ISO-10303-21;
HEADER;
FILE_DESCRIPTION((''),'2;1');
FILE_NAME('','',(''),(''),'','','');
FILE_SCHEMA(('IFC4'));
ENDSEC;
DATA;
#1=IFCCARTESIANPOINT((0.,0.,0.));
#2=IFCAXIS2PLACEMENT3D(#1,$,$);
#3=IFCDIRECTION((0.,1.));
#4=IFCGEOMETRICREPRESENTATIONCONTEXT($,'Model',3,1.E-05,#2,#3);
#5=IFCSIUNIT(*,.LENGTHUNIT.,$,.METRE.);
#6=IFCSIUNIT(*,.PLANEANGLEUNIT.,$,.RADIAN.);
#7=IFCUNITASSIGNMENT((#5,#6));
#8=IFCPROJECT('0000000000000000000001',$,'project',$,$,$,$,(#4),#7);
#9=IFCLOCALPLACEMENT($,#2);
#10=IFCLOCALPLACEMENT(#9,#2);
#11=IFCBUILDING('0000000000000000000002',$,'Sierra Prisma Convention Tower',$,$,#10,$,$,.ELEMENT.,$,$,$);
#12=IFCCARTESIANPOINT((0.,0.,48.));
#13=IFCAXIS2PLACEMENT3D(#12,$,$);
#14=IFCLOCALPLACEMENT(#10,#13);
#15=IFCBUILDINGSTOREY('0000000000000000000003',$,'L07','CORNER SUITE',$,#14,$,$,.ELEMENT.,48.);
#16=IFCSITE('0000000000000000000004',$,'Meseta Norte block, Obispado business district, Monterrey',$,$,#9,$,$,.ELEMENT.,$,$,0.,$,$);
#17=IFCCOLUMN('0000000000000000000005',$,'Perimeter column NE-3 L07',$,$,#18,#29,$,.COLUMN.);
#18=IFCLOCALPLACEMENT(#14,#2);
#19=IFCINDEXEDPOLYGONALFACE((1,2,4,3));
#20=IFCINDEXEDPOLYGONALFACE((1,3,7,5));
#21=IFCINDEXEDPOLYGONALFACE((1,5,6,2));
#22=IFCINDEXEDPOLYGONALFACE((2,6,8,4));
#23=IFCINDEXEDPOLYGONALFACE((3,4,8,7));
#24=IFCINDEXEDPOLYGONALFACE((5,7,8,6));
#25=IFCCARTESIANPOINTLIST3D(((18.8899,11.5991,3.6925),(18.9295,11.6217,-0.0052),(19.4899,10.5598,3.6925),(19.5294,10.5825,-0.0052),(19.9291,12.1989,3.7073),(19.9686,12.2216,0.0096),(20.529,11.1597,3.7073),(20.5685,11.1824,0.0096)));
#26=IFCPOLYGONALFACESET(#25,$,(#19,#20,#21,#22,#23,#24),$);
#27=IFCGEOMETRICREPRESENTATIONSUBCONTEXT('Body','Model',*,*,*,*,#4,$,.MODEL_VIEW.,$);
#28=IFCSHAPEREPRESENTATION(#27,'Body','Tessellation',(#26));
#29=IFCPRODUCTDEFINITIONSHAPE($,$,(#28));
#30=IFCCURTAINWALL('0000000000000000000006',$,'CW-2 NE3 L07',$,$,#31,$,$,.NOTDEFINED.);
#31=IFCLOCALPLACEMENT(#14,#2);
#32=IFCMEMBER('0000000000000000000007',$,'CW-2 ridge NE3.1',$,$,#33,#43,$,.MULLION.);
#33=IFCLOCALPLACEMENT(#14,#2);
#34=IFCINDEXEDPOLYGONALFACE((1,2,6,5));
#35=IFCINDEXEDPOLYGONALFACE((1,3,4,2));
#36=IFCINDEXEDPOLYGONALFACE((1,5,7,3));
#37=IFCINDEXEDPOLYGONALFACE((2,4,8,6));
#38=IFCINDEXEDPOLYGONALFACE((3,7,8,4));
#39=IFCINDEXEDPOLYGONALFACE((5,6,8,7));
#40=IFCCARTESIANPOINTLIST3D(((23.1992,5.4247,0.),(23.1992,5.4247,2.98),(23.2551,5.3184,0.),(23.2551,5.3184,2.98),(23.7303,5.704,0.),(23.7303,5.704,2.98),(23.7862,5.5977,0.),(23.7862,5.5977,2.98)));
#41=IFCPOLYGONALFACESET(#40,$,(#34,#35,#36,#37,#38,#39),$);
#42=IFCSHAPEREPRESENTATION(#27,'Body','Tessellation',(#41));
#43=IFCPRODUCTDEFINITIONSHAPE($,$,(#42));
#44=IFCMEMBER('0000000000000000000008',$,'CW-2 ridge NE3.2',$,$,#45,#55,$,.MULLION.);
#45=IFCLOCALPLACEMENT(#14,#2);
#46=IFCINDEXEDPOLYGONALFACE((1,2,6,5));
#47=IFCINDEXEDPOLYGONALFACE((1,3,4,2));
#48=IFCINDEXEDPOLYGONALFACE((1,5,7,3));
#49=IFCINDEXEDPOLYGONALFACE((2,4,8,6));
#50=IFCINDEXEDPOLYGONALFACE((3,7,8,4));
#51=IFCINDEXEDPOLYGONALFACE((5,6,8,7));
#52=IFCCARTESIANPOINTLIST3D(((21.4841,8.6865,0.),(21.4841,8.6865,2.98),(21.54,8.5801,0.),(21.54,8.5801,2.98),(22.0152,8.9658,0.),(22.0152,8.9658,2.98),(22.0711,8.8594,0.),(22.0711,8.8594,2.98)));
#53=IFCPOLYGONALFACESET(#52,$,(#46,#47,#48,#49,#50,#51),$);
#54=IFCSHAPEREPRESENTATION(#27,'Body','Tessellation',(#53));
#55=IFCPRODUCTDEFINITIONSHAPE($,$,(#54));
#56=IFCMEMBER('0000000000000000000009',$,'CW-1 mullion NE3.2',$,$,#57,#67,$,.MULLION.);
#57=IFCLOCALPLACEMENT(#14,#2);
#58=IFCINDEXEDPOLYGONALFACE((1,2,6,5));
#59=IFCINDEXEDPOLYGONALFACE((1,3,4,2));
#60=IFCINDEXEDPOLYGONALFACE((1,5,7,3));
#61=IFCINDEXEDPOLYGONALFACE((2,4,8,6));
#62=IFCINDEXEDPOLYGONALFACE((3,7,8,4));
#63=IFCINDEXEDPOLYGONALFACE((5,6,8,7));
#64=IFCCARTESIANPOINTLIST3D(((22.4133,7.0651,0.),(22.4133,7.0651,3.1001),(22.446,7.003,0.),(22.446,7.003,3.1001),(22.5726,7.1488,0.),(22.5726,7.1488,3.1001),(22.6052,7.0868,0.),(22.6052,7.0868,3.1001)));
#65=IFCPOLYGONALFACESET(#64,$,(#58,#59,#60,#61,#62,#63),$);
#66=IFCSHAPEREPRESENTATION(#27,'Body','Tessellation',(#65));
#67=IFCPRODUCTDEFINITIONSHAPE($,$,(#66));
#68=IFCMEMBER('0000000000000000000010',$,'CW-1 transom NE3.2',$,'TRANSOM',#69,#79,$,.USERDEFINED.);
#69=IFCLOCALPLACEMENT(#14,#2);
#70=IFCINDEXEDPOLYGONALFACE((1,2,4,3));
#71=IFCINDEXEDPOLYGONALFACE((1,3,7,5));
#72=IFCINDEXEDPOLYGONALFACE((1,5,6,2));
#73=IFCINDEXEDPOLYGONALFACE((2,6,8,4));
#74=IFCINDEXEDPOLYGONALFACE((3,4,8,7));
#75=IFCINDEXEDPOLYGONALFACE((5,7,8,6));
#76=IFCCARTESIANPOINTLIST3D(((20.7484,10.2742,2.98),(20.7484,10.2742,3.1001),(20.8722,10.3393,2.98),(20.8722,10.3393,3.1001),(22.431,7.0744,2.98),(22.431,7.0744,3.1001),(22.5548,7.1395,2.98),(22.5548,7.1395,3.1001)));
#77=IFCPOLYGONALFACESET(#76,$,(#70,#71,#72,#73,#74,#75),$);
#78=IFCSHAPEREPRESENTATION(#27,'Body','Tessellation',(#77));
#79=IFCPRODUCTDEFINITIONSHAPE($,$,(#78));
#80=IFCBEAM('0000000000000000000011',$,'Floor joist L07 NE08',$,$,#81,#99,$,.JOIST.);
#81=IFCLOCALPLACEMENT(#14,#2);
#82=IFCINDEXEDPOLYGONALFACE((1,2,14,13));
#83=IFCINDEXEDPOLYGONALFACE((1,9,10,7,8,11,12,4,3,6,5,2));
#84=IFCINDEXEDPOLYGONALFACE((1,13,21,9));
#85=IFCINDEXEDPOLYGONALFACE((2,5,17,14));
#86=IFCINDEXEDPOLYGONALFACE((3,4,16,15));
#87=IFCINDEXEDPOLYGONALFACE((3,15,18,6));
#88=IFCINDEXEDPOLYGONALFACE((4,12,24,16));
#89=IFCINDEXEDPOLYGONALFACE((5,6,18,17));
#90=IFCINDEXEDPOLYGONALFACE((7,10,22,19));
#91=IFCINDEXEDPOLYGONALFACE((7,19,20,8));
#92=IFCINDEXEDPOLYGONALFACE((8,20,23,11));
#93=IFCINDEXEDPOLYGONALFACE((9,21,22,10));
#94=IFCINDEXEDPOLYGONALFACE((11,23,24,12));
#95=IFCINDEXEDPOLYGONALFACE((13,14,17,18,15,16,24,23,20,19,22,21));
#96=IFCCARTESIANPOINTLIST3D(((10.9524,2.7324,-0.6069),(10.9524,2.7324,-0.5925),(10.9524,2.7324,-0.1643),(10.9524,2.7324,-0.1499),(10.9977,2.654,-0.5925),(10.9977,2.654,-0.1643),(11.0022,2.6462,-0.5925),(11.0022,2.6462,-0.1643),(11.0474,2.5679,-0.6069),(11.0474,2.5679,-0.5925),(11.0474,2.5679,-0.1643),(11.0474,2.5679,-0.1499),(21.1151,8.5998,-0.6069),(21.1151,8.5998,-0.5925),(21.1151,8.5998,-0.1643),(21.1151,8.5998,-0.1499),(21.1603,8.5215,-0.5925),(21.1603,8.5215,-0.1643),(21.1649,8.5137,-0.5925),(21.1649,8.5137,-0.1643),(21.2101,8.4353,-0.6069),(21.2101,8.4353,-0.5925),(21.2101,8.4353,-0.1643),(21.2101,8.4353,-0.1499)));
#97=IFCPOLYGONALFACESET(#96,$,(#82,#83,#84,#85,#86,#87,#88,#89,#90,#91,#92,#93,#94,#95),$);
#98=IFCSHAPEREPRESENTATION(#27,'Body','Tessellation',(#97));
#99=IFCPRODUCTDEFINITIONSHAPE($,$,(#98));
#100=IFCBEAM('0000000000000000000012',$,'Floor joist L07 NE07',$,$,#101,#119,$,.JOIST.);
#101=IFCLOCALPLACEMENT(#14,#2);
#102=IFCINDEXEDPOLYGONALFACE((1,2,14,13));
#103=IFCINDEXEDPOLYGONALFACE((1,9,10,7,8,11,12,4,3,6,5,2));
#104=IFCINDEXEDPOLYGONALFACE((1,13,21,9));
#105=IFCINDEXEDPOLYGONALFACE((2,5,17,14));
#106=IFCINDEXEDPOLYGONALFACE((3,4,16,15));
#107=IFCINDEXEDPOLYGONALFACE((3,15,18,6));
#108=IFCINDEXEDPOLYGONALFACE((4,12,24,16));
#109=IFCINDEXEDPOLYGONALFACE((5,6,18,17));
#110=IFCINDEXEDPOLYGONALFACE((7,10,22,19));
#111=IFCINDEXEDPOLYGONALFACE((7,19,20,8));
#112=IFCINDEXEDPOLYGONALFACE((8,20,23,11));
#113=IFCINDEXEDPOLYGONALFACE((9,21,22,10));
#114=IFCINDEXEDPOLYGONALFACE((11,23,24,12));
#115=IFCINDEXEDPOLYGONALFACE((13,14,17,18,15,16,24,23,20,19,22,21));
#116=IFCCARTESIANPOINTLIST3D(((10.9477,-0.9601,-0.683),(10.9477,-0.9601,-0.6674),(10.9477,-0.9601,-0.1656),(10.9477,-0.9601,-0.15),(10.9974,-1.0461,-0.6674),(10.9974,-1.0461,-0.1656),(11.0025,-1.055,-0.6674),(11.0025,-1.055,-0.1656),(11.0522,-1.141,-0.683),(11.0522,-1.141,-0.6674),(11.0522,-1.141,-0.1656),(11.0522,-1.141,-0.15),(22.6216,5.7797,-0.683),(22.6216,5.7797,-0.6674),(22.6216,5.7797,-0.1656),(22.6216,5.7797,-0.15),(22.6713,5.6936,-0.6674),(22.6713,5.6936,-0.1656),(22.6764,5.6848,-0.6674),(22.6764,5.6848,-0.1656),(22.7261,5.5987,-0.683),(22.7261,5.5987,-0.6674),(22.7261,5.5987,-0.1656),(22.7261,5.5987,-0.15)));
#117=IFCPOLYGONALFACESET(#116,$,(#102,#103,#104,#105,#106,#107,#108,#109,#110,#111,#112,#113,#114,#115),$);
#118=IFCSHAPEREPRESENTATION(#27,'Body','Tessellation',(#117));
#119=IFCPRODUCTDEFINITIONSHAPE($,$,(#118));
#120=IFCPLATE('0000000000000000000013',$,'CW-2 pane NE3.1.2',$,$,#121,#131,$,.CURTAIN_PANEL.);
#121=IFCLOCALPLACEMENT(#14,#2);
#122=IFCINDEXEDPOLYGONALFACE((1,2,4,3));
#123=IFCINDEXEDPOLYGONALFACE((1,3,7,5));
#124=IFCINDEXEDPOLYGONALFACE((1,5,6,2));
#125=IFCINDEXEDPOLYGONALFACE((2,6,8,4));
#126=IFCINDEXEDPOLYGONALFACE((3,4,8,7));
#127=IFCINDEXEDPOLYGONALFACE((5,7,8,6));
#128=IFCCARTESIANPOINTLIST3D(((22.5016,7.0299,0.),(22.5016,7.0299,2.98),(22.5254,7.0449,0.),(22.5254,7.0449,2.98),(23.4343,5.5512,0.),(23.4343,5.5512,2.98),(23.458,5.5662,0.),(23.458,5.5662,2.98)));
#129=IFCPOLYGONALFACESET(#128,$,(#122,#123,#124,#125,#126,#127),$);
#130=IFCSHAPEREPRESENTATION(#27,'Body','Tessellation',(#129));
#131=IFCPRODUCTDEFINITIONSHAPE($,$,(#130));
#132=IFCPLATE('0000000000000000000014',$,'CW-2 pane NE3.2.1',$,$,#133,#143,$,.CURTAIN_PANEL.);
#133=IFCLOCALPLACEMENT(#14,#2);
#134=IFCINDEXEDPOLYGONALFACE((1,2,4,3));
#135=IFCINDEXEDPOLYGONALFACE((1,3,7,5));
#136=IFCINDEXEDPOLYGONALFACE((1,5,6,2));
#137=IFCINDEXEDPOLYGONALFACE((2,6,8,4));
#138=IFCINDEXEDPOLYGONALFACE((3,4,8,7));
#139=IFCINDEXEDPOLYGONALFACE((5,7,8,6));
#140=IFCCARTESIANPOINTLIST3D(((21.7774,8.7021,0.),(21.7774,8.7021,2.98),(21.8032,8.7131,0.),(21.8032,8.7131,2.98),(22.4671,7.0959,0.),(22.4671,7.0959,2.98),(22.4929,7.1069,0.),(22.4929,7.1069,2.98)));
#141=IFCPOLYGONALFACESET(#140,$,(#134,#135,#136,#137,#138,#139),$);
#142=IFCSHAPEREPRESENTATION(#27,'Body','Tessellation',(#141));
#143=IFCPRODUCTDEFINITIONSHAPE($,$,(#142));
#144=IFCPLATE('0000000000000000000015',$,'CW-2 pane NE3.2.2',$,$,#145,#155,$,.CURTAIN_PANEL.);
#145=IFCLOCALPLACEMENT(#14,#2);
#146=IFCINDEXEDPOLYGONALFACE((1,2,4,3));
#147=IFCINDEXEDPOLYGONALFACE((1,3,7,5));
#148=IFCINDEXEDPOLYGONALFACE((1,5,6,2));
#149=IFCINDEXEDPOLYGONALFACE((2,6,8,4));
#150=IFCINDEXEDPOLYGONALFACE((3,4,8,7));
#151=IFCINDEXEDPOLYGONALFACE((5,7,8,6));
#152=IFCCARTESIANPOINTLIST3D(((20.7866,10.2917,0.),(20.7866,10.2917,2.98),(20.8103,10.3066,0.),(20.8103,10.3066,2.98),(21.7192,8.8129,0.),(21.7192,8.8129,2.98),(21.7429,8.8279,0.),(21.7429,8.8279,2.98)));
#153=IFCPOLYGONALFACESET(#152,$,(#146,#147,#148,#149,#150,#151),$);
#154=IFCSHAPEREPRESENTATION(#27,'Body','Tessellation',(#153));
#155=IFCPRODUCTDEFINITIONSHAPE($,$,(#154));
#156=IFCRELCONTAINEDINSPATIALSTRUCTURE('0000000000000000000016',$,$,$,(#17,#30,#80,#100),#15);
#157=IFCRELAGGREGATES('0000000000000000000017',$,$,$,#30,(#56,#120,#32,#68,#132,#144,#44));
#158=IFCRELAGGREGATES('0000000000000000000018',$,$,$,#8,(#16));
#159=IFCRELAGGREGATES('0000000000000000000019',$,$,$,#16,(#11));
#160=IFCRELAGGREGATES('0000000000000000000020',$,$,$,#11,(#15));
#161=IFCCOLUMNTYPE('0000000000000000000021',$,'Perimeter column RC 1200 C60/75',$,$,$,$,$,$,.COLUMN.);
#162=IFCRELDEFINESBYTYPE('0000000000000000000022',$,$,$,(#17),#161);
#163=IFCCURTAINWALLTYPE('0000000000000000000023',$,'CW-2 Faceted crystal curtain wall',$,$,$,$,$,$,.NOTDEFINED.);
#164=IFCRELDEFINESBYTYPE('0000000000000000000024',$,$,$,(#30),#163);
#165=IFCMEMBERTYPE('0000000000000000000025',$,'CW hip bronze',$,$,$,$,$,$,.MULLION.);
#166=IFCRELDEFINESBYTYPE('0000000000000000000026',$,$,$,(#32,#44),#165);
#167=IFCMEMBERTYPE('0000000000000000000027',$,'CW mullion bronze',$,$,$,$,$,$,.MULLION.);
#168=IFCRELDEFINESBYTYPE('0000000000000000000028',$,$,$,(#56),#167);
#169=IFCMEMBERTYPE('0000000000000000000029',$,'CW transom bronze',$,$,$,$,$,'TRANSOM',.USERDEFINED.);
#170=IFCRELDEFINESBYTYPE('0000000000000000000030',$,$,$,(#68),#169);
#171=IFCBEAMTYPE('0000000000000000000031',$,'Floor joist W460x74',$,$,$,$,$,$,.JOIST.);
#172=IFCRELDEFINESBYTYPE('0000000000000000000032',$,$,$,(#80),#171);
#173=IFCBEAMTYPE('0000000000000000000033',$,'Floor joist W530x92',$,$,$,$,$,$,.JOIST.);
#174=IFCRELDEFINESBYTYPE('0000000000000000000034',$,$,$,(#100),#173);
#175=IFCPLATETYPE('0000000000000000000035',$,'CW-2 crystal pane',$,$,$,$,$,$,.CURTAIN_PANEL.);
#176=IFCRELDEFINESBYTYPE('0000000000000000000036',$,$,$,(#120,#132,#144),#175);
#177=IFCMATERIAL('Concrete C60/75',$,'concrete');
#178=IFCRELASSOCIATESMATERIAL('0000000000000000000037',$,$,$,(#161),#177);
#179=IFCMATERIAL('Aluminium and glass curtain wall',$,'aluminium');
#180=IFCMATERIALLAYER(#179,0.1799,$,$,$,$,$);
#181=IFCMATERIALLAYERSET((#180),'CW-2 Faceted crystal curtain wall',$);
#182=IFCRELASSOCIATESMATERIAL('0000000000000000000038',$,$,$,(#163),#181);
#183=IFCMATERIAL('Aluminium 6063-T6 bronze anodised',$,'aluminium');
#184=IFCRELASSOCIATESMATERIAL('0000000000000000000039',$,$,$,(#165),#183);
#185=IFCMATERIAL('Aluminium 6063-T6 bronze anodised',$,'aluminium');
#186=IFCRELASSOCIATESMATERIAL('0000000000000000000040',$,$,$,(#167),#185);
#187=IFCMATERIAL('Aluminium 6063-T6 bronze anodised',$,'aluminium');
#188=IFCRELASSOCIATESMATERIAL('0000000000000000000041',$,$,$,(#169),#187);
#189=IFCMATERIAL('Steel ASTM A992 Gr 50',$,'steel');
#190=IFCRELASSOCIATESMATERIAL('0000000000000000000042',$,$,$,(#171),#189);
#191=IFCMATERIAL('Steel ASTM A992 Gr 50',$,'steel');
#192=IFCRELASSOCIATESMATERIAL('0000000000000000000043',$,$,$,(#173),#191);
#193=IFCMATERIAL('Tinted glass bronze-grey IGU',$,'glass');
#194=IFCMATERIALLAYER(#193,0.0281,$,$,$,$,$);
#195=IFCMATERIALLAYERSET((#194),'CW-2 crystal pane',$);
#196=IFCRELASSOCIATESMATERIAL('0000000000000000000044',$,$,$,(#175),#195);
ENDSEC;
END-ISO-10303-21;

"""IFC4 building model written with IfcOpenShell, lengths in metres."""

from ifc_helpers import new_model, si_unit, direction, frame, origin, origin_2d, place, context, subcontext, project, spatial, polyline, rectangle, i_section, outline, extrude, clip, halfspace, material, layer, layer_set, material_profile, profile_set, type_object, element, aggregate, save


model = new_model("IFC4")

# Units and contexts
model_context = context("Model", 3, precision=1e-05, world=origin(), true_north=direction((0.0, 1.0)))
body_context = subcontext(model_context, "Body", "Model", "MODEL_VIEW")
ifc_project = project(units=[si_unit("LENGTHUNIT", "METRE"), si_unit("PLANEANGLEUNIT", "RADIAN")], contexts=[model_context])

# Site, building, storey
site_placement = place(None, origin())
site = spatial("IfcSite", under=ifc_project, at=site_placement, Name="Meseta Norte block, Obispado business district, Monterrey", CompositionType="ELEMENT", RefElevation=0.0)
building_placement = place(site_placement, origin())
building = spatial("IfcBuilding", under=site, at=building_placement, Name="Sierra Prisma Convention Tower", CompositionType="ELEMENT")
storey_placement = place(building_placement, frame((0.0, 0.0, 48.0)))
storey = spatial("IfcBuildingStorey", under=building, at=storey_placement, Name="L07", Description="CORNER SUITE", CompositionType="ELEMENT", Elevation=48.0)

# Column
ifc_material_1 = material(Name="Concrete C60/75", Category="concrete")
ifc_material_profile_1 = material_profile(ifc_material_1, rectangle(XDim=1.2, YDim=1.2, at=origin_2d()), Name="Perimeter column RC 1200 C60/75")
ifc_profile_set_1 = profile_set([ifc_material_profile_1], Name="Concrete C60/75")
column_type = type_object("IfcColumnType", Name="Perimeter column RC 1200 C60/75", PredefinedType="COLUMN", material=ifc_profile_set_1)
column_placement = place(storey_placement, frame((19.749, 11.4021, 0.0), z_axis=(-0.010689, -0.006136, 0.999924), x_axis=(-0.499971, 0.866042, -0.00003)))
element("IfcColumn", 1, at=column_placement, inside=storey, type_object=column_type, Name="Perimeter column NE-3 L07", PredefinedType="COLUMN", context=body_context, shape_type="SweptSolid", body=[
    clip(extrude(rectangle(XDim=1.2, YDim=1.2, at=origin_2d()), origin(), (0.0, 0.0, 1.0), 3.7002), halfspace(frame((0.0, 0.0, 0.0022)), True)),
])

# Curtain wall, members
ifc_material_2 = material(Name="Aluminium and glass curtain wall", Category="aluminium")
ifc_layer_1 = layer(ifc_material_2, 0.1799)
ifc_layer_set_1 = layer_set([ifc_layer_1], Name="CW-2 Faceted crystal curtain wall")
curtain_wall_type = type_object("IfcCurtainWallType", Name="CW-2 Faceted crystal curtain wall", PredefinedType="NOTDEFINED", material=ifc_layer_set_1)
curtain_wall_placement = place(storey_placement, origin())
curtain_wall = element("IfcCurtainWall", 2, at=curtain_wall_placement, inside=storey, type_object=curtain_wall_type, Name="CW-2 NE3 L07", PredefinedType="NOTDEFINED")
ifc_material_3 = material(Name="Aluminium 6063-T6 bronze anodised", Category="aluminium")
ifc_material_profile_2 = material_profile(ifc_material_3, rectangle(XDim=0.1201, YDim=0.6001, at=origin_2d()), Name="ALU RIDGE BLADE 120x600")
ifc_profile_set_2 = profile_set([ifc_material_profile_2], Name="Aluminium 6063-T6 bronze anodised")
member_type_1 = type_object("IfcMemberType", Name="CW hip bronze", PredefinedType="MULLION", material=ifc_profile_set_2)
member_1_placement = place(storey_placement, frame((23.4927, 5.5112, 0.0), z_axis=(0.0, 0.0, 1.0), x_axis=(-0.46543, 0.885085, 0.0)))
member_1 = element("IfcMember", 3, at=member_1_placement, type_object=member_type_1, Name="CW-2 ridge NE3.1", PredefinedType="MULLION", context=body_context, shape_type="SweptSolid", body=[
    extrude(rectangle(XDim=0.1201, YDim=0.6001, at=origin_2d()), origin(), (0.0, 0.0, 1.0), 2.98),
])
member_2_placement = place(storey_placement, frame((21.7776, 8.7729, 0.0), z_axis=(0.0, 0.0, 1.0), x_axis=(-0.46543, 0.885085, 0.0)))
member_2 = element("IfcMember", 4, at=member_2_placement, type_object=member_type_1, Name="CW-2 ridge NE3.2", PredefinedType="MULLION", context=body_context, shape_type="SweptSolid", body=[
    extrude(rectangle(XDim=0.1201, YDim=0.6001, at=origin_2d()), origin(), (0.0, 0.0, 1.0), 2.98),
])
ifc_material_4 = material(Name="Aluminium 6063-T6 bronze anodised", Category="aluminium")
ifc_material_profile_3 = material_profile(ifc_material_4, rectangle(XDim=0.1799, YDim=0.0701, at=origin_2d()), Name="ALU MULLION 70x180")
ifc_profile_set_3 = profile_set([ifc_material_profile_3], Name="Aluminium 6063-T6 bronze anodised")
member_type_2 = type_object("IfcMemberType", Name="CW mullion bronze", PredefinedType="MULLION", material=ifc_profile_set_3)
member_3_placement = place(storey_placement, frame((22.5093, 7.0759, 0.0), z_axis=(0.0, 0.0, 1.0), x_axis=(-0.885085, -0.46543, 0.0)))
member_3 = element("IfcMember", 5, at=member_3_placement, type_object=member_type_2, Name="CW-1 mullion NE3.2", PredefinedType="MULLION", context=body_context, shape_type="SweptSolid", body=[
    extrude(rectangle(XDim=0.1799, YDim=0.0701, at=origin_2d()), origin(), (0.0, 0.0, 1.0), 3.1001),
])
ifc_material_5 = material(Name="Aluminium 6063-T6 bronze anodised", Category="aluminium")
ifc_material_profile_4 = material_profile(ifc_material_5, rectangle(XDim=0.1399, YDim=0.1201, at=origin_2d()), Name="ALU TRANSOM 120x140")
ifc_profile_set_4 = profile_set([ifc_material_profile_4], Name="Aluminium 6063-T6 bronze anodised")
member_type_3 = type_object("IfcMemberType", Name="CW transom bronze", ElementType="TRANSOM", PredefinedType="USERDEFINED", material=ifc_profile_set_4)
member_4_placement = place(storey_placement, frame((22.4929, 7.1069, 3.04), z_axis=(-0.465435, 0.885082, 0.0), x_axis=(-0.885082, -0.465435, 0.0)))
member_4 = element("IfcMember", 6, at=member_4_placement, type_object=member_type_3, Name="CW-1 transom NE3.2", ObjectType="TRANSOM", PredefinedType="USERDEFINED", context=body_context, shape_type="SweptSolid", body=[
    extrude(rectangle(XDim=0.1399, YDim=0.1201, at=origin_2d()), origin(), (0.0, 0.0, 1.0), 3.6152),
])

# Beams
ifc_material_6 = material(Name="Steel ASTM A992 Gr 50", Category="steel")
ifc_material_profile_5 = material_profile(ifc_material_6, i_section(OverallWidth=0.1899, OverallDepth=0.457, WebThickness=0.009, FlangeThickness=0.0144, at=origin_2d()), Name="W460x74")
ifc_profile_set_5 = profile_set([ifc_material_profile_5], Name="Steel ASTM A992 Gr 50")
beam_type_1 = type_object("IfcBeamType", Name="Floor joist W460x74", PredefinedType="JOIST", material=ifc_profile_set_5)
beam_1_placement = place(storey_placement, frame((21.1626, 8.5176, -0.3784), z_axis=(-0.866023, -0.500003, 0.0), x_axis=(0.500003, -0.866023, 0.0)))
element("IfcBeam", 7, at=beam_1_placement, inside=storey, type_object=beam_type_1, Name="Floor joist L07 NE08", PredefinedType="JOIST", context=body_context, shape_type="SweptSolid", body=[
    extrude(i_section(OverallWidth=0.1899, OverallDepth=0.457, WebThickness=0.009, FlangeThickness=0.0144, at=origin_2d()), origin(), (0.0, 0.0, 1.0), 11.7349),
])
ifc_material_7 = material(Name="Steel ASTM A992 Gr 50", Category="steel")
ifc_material_profile_6 = material_profile(ifc_material_7, i_section(OverallWidth=0.209, OverallDepth=0.533, WebThickness=0.0103, FlangeThickness=0.0156, at=origin_2d()), Name="W530x92")
ifc_profile_set_6 = profile_set([ifc_material_profile_6], Name="Steel ASTM A992 Gr 50")
beam_type_2 = type_object("IfcBeamType", Name="Floor joist W530x92", PredefinedType="JOIST", material=ifc_profile_set_6)
beam_2_placement = place(storey_placement, frame((22.6738, 5.6892, -0.4165), z_axis=(-0.86603, -0.499992, 0.0), x_axis=(0.499992, -0.86603, 0.0)))
element("IfcBeam", 8, at=beam_2_placement, inside=storey, type_object=beam_type_2, Name="Floor joist L07 NE07", PredefinedType="JOIST", context=body_context, shape_type="SweptSolid", body=[
    extrude(i_section(OverallWidth=0.209, OverallDepth=0.533, WebThickness=0.0103, FlangeThickness=0.0156, at=origin_2d()), origin(), (0.0, 0.0, 1.0), 13.4797),
])

# Plates
ifc_material_8 = material(Name="Tinted glass bronze-grey IGU", Category="glass")
ifc_layer_2 = layer(ifc_material_8, 0.0281)
ifc_layer_set_2 = layer_set([ifc_layer_2], Name="CW-2 crystal pane")
plate_type = type_object("IfcPlateType", Name="CW-2 crystal pane", PredefinedType="CURTAIN_PANEL", material=ifc_layer_set_2)
plate_1_placement = place(storey_placement, frame((22.5254, 7.0449, 0.0), z_axis=(0.845834, 0.533446, 0.0), x_axis=(0.533446, -0.845834, 0.0)))
plate_1 = element("IfcPlate", 9, at=plate_1_placement, type_object=plate_type, Name="CW-2 pane NE3.1.2", PredefinedType="CURTAIN_PANEL", context=body_context, shape_type="SweptSolid", body=[
    extrude(outline(polyline([(0.0, 0.0), (1.7483, 0.0), (1.7483, -2.98), (0.0, -2.98), (0.0, 0.0)])), origin(), (0.0, 0.0, -1.0), 0.0281),
])
plate_2_placement = place(storey_placement, frame((22.4929, 7.1069, 0.0), z_axis=(0.91887, 0.39456, 0.0), x_axis=(-0.39456, 0.91887, 0.0)))
plate_2 = element("IfcPlate", 10, at=plate_2_placement, type_object=plate_type, Name="CW-2 pane NE3.2.1", PredefinedType="CURTAIN_PANEL", context=body_context, shape_type="SweptSolid", body=[
    extrude(outline(polyline([(0.0, 0.0), (1.748, 0.0), (1.748, 2.98), (0.0, 2.98), (0.0, 0.0)])), origin(), (0.0, 0.0, -1.0), 0.0281),
])
plate_3_placement = place(storey_placement, frame((20.8103, 10.3066, 0.0), z_axis=(0.845834, 0.533446, 0.0), x_axis=(0.533446, -0.845834, 0.0)))
plate_3 = element("IfcPlate", 11, at=plate_3_placement, type_object=plate_type, Name="CW-2 pane NE3.2.2", PredefinedType="CURTAIN_PANEL", context=body_context, shape_type="SweptSolid", body=[
    extrude(outline(polyline([(0.0, 0.0), (1.7483, 0.0), (1.7483, -2.98), (0.0, -2.98), (0.0, 0.0)])), origin(), (0.0, 0.0, -1.0), 0.0281),
])
aggregate(curtain_wall, [member_3, plate_1, member_1, member_4, plate_2, plate_3, member_2])

save(model, "model.ifc")
